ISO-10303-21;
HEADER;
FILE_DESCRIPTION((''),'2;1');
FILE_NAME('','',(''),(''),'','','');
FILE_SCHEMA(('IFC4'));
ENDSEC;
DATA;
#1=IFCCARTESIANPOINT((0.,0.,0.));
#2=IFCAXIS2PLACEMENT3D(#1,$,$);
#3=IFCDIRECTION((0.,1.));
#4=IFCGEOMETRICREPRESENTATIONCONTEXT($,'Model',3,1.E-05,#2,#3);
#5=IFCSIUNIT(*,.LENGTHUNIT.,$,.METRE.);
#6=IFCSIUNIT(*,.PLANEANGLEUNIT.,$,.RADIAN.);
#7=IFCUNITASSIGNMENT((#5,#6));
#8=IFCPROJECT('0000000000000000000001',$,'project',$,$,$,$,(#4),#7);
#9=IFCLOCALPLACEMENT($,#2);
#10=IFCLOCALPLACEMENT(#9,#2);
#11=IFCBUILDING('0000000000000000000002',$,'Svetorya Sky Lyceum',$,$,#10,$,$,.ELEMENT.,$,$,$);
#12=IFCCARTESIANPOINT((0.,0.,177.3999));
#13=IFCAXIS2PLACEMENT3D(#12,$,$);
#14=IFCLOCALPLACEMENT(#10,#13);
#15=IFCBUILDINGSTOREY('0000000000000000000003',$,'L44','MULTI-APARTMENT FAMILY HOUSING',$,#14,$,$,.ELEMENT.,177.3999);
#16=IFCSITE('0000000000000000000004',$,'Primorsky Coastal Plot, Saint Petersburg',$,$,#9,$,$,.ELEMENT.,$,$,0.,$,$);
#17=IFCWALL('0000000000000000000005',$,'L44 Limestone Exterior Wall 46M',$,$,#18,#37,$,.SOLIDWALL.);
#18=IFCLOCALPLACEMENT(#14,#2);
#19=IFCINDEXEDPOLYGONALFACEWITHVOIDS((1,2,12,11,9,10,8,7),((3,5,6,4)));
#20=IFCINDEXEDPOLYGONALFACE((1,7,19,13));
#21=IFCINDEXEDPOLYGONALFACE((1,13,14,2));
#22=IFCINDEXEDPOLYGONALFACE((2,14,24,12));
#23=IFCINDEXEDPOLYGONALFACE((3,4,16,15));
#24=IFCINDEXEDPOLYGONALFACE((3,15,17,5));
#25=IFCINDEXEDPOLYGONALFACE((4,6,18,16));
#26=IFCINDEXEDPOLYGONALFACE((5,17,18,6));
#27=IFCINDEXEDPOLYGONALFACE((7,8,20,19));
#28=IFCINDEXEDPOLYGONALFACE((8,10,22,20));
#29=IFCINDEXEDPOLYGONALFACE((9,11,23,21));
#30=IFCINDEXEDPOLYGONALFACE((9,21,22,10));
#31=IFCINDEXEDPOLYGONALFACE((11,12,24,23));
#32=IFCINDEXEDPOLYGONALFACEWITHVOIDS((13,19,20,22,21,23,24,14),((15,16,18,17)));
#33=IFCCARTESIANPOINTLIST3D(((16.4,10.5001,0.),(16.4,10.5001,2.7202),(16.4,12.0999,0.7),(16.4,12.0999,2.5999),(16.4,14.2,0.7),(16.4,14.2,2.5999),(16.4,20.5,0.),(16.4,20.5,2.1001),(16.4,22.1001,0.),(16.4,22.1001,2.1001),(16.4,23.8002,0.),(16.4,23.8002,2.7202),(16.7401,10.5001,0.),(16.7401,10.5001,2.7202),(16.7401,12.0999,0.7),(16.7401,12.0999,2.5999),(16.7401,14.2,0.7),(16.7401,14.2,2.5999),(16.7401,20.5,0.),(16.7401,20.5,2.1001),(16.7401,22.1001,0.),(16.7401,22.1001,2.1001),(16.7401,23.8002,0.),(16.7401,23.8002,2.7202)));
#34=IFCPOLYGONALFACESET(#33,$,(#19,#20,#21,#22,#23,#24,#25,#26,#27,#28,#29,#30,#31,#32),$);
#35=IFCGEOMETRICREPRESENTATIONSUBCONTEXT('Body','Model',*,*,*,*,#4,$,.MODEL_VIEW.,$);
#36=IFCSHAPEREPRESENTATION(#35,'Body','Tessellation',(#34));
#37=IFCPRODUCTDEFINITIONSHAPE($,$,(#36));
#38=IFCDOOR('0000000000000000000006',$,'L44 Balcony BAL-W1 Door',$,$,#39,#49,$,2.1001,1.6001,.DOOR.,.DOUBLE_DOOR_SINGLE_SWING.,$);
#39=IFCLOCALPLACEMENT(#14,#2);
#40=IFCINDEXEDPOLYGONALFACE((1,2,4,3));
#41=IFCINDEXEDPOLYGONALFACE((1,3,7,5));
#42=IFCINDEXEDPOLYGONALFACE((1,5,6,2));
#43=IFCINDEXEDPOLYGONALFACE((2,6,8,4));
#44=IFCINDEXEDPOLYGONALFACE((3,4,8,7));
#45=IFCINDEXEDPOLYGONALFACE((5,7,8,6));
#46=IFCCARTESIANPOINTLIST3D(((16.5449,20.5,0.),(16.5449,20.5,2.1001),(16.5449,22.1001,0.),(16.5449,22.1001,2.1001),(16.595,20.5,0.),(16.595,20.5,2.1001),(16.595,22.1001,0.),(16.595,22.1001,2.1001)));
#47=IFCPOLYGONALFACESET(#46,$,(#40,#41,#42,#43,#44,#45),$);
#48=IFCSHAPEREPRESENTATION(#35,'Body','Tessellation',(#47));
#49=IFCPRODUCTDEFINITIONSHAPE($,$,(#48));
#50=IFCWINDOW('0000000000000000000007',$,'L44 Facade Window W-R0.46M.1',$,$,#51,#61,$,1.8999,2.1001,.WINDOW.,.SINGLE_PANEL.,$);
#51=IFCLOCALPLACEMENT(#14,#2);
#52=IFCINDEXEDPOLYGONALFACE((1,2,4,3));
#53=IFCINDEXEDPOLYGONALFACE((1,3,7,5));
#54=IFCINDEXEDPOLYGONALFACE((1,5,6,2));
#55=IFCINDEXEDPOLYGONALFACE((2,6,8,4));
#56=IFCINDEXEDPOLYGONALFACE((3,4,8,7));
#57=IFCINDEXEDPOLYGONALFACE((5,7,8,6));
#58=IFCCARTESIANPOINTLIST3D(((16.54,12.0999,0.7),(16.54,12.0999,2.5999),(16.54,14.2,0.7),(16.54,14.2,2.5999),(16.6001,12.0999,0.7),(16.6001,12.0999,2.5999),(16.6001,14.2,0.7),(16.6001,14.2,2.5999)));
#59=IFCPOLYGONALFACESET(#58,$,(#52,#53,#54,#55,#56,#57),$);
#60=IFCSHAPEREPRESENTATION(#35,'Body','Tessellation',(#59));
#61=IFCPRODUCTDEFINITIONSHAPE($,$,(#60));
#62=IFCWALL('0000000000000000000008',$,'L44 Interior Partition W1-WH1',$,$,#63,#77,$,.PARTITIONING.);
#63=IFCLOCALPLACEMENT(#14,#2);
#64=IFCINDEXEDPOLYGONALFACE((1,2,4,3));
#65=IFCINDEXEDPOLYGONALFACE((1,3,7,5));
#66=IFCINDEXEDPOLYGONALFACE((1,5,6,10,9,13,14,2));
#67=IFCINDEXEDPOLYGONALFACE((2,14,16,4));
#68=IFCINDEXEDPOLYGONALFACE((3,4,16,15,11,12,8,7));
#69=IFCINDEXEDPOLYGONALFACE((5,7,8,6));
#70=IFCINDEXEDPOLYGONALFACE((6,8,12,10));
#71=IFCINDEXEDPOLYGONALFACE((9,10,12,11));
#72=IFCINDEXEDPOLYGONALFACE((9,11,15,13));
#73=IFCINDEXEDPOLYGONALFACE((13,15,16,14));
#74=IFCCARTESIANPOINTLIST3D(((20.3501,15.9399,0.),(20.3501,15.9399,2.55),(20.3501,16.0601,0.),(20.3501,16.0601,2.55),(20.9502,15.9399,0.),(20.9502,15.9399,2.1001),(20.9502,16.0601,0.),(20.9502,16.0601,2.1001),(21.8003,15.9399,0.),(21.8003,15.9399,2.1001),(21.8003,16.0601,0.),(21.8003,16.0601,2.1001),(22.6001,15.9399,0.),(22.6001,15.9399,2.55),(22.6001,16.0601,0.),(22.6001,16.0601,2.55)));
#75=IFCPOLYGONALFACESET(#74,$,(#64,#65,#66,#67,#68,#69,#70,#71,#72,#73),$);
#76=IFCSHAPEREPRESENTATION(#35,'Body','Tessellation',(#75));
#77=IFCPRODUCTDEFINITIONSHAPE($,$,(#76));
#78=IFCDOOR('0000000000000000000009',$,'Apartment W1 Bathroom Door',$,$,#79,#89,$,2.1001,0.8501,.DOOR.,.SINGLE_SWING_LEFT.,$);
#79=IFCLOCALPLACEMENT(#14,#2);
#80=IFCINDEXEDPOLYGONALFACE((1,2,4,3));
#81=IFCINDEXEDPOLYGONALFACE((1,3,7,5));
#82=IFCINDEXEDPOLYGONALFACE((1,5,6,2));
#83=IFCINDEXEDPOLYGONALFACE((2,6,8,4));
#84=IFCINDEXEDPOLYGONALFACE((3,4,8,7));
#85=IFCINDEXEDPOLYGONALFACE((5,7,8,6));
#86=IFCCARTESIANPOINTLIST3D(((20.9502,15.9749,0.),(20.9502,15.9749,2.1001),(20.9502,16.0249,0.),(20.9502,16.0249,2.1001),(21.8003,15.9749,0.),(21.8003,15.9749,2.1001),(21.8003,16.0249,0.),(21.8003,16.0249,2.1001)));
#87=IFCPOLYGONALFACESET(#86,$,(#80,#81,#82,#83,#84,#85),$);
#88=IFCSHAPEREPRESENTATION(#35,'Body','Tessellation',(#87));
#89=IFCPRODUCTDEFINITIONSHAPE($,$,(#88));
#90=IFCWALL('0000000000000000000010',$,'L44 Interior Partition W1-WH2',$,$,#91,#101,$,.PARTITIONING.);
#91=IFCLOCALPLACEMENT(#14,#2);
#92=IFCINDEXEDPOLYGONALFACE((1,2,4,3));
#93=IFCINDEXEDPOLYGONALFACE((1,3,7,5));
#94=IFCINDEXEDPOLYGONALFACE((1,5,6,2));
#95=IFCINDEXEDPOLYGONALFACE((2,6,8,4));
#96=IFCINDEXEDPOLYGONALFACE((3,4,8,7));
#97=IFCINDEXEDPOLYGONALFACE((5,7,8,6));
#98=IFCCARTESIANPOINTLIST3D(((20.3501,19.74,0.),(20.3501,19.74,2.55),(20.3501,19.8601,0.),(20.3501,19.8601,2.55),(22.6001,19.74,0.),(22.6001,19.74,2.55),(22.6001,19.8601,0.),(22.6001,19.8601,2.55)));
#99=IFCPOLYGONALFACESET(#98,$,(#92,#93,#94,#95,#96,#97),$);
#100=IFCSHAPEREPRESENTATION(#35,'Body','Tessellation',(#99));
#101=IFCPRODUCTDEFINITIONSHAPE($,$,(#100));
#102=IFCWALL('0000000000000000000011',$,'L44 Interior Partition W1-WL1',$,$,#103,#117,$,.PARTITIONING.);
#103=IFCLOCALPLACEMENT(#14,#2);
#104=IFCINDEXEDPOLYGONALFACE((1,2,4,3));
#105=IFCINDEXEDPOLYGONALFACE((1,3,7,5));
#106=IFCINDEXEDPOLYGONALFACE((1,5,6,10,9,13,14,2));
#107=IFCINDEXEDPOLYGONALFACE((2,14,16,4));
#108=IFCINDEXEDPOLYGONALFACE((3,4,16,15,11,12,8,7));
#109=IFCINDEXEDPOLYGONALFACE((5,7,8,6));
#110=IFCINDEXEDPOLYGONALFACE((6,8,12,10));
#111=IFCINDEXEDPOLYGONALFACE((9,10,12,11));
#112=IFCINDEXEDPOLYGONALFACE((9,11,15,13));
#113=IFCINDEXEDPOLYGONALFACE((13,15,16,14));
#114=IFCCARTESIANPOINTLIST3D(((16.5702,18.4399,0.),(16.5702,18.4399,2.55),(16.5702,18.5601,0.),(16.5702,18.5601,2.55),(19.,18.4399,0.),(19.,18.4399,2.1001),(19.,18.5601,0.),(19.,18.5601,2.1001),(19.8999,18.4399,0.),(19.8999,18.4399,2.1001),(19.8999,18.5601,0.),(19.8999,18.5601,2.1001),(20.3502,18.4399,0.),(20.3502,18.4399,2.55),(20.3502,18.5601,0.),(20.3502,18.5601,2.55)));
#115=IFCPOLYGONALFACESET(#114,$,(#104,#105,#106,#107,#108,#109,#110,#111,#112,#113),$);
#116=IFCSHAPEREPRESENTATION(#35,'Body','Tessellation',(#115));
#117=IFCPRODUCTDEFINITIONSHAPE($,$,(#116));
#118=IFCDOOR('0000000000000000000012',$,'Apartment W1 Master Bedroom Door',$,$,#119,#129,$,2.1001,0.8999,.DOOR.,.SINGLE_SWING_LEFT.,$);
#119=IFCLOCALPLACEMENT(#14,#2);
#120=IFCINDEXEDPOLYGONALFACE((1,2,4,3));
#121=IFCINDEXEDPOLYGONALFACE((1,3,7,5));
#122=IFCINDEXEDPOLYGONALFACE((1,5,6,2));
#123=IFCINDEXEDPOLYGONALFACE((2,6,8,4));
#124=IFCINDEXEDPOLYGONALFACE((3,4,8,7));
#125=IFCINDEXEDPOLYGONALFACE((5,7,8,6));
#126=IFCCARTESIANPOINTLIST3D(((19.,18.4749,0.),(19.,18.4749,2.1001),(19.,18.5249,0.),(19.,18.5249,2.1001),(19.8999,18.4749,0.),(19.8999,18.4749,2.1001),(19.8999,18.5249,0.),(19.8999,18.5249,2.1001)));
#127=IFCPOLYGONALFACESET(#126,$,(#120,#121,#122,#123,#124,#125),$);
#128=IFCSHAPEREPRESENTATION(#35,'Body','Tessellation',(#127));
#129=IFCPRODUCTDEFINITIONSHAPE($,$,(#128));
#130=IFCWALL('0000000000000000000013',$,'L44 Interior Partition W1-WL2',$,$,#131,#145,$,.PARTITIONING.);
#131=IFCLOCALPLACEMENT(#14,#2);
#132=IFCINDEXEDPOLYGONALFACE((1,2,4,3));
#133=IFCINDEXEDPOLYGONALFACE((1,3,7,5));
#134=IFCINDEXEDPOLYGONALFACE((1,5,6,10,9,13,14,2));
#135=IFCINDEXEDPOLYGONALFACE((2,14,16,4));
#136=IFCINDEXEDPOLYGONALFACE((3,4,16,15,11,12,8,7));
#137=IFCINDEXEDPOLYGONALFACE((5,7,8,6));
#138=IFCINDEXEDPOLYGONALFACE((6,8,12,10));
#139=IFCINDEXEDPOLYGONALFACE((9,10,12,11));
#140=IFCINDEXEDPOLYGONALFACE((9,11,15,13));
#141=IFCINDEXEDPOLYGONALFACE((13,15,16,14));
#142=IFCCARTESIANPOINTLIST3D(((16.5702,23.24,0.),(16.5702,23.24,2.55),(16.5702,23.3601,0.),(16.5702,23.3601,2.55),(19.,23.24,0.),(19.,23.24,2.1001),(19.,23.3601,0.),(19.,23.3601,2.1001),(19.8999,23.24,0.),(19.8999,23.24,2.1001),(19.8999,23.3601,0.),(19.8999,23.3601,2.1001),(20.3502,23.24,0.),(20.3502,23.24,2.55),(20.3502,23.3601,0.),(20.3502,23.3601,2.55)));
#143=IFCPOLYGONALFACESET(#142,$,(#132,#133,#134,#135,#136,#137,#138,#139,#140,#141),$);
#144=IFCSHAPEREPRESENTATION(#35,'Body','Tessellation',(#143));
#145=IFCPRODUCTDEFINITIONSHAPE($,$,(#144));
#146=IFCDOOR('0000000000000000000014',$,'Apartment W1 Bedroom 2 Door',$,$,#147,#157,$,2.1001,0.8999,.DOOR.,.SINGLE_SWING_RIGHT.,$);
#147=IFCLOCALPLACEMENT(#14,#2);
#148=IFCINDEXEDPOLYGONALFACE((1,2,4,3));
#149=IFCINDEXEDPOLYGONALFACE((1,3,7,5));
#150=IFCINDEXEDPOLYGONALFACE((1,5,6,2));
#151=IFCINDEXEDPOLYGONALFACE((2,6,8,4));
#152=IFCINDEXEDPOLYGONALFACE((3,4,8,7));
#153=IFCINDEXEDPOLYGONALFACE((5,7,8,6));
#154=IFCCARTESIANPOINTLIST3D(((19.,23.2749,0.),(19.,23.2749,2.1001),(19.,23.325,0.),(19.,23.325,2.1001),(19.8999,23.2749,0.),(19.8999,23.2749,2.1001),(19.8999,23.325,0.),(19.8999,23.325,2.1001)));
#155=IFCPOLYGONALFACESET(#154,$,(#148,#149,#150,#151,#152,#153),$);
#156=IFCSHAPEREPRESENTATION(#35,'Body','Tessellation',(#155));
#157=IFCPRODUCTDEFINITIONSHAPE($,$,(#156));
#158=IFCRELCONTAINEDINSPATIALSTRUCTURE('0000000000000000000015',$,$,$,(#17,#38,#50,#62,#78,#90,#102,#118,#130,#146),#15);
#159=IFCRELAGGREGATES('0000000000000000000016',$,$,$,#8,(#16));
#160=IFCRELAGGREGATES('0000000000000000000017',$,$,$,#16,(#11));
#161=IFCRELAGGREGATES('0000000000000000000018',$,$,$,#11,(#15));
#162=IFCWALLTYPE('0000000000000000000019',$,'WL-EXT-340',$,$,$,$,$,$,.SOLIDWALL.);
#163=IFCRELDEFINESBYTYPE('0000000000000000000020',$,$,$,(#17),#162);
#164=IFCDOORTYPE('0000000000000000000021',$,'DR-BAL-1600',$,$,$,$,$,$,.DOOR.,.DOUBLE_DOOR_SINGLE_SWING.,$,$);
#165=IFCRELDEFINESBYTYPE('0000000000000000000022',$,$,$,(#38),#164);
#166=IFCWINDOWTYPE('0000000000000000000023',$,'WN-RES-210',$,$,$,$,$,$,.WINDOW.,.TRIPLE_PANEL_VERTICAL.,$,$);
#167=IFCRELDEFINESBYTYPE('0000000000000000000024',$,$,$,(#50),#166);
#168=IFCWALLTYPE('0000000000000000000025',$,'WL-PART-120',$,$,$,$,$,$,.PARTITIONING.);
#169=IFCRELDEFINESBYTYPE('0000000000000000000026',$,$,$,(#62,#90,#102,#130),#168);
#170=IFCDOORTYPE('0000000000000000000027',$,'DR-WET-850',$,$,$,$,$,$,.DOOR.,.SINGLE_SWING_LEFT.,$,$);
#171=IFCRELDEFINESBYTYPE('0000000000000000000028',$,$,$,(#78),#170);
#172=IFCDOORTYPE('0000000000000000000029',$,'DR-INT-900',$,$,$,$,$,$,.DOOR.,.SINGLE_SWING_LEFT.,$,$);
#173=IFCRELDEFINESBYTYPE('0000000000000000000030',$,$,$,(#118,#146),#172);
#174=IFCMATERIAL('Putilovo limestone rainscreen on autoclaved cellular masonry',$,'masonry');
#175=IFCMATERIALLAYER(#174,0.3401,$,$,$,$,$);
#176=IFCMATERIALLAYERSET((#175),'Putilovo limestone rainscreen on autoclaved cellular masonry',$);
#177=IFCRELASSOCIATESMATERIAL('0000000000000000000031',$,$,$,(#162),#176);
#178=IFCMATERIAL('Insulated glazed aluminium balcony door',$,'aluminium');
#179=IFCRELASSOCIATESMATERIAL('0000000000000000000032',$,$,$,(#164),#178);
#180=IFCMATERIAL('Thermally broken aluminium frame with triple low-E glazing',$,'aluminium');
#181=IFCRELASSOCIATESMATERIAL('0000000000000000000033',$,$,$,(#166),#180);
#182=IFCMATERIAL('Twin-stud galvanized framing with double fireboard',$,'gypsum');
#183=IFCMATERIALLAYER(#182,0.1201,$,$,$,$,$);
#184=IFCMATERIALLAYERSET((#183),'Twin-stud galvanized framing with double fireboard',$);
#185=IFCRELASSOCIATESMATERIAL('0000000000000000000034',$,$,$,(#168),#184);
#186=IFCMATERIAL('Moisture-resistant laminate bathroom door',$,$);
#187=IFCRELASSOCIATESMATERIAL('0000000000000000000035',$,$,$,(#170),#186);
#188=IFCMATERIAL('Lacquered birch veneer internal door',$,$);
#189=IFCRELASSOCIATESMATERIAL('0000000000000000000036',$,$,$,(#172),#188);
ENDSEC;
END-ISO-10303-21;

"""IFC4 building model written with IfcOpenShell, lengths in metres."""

from ifc_helpers import new_model, si_unit, direction, frame, frame_2d, origin, place, context, subcontext, project, spatial, rectangle, extrude, material, layer, layer_set, type_object, element, fill, save


model = new_model("IFC4")

# Units and contexts
model_context = context("Model", 3, precision=1e-05, world=origin(), true_north=direction((0.0, 1.0)))
body_context = subcontext(model_context, "Body", "Model", "MODEL_VIEW")
ifc_project = project(units=[si_unit("LENGTHUNIT", "METRE"), si_unit("PLANEANGLEUNIT", "RADIAN")], contexts=[model_context])

# Site, building, storey
site_placement = place(None, origin())
site = spatial("IfcSite", under=ifc_project, at=site_placement, Name="Primorsky Coastal Plot, Saint Petersburg", CompositionType="ELEMENT", RefElevation=0.0)
building_placement = place(site_placement, origin())
building = spatial("IfcBuilding", under=site, at=building_placement, Name="Svetorya Sky Lyceum", CompositionType="ELEMENT")
storey_placement = place(building_placement, frame((0.0, 0.0, 177.3999)))
storey = spatial("IfcBuildingStorey", under=building, at=storey_placement, Name="L44", Description="MULTI-APARTMENT FAMILY HOUSING", CompositionType="ELEMENT", Elevation=177.3999)

# Shared definitions
ifc_material_1 = material(Name="Putilovo limestone rainscreen on autoclaved cellular masonry", Category="masonry")
ifc_layer_1 = layer(ifc_material_1, 0.3401)
ifc_layer_set_1 = layer_set([ifc_layer_1], Name="Putilovo limestone rainscreen on autoclaved cellular masonry")
wall_type_1 = type_object("IfcWallType", Name="WL-EXT-340", PredefinedType="SOLIDWALL", material=ifc_layer_set_1)
ifc_material_2 = material(Name="Thermally broken aluminium frame with triple low-E glazing", Category="aluminium")

# Wall, openings, door, window
wall_1_placement = place(storey_placement, frame((16.5701, 23.8, 0.0), z_axis=(0.0, 0.0, 1.0), x_axis=(0.0, -1.0, 0.0)))
wall_1 = element("IfcWall", 1, at=wall_1_placement, inside=storey, type_object=wall_type_1, Name="L44 Limestone Exterior Wall 46M", PredefinedType="SOLIDWALL", context=body_context, shape_type="SweptSolid", body=[
    extrude(rectangle(XDim=13.3, YDim=0.3401, at=frame_2d((6.6499, 0.0))), origin(), (0.0, 0.0, 1.0), 2.7202),
])
opening_1_placement = place(wall_1_placement, frame((1.7, 0.0, 0.0)))
opening_1 = element("IfcOpeningElement", 2, at=opening_1_placement, cuts=wall_1, PredefinedType="OPENING", context=body_context, shape_type="SweptSolid", body=[
    extrude(rectangle(XDim=1.6001, YDim=2.1001, at=frame_2d((0.8, 1.05))), frame((0.0, 0.1799, 0.0), z_axis=(0.0, -1.0, 0.0), x_axis=(1.0, 0.0, 0.0)), (0.0, 0.0, 1.0), 0.3601),
])
opening_2_placement = place(wall_1_placement, frame((9.6001, 0.0, 0.7)))
opening_2 = element("IfcOpeningElement", 3, at=opening_2_placement, cuts=wall_1, PredefinedType="OPENING", context=body_context, shape_type="SweptSolid", body=[
    extrude(rectangle(XDim=2.1001, YDim=1.8999, at=frame_2d((1.05, 0.95))), frame((0.0, 0.1799, 0.0), z_axis=(0.0, -1.0, 0.0), x_axis=(1.0, 0.0, 0.0)), (0.0, 0.0, 1.0), 0.3601),
])
ifc_material_3 = material(Name="Insulated glazed aluminium balcony door", Category="aluminium")
door_type_1 = type_object("IfcDoorType", Name="DR-BAL-1600", OperationType="DOUBLE_DOOR_SINGLE_SWING", PredefinedType="DOOR", material=ifc_material_3)
door_1_placement = place(opening_1_placement, origin())
door_1 = element("IfcDoor", 4, at=door_1_placement, inside=storey, type_object=door_type_1, Name="L44 Balcony BAL-W1 Door", OperationType="DOUBLE_DOOR_SINGLE_SWING", OverallHeight=2.1001, OverallWidth=1.6001, PredefinedType="DOOR", context=body_context, shape_type="SweptSolid", body=[
    extrude(rectangle(XDim=1.6001, YDim=2.1001, at=frame_2d((0.8, 1.05))), frame((0.0, 0.0249, 0.0), z_axis=(0.0, -1.0, 0.0), x_axis=(1.0, 0.0, 0.0)), (0.0, 0.0, 1.0), 0.05),
])
fill(opening_1, door_1)
window_type_1 = type_object("IfcWindowType", Name="WN-RES-210", PartitioningType="TRIPLE_PANEL_VERTICAL", PredefinedType="WINDOW", material=ifc_material_2)
window_1_placement = place(opening_2_placement, origin())
window_1 = element("IfcWindow", 5, at=window_1_placement, inside=storey, type_object=window_type_1, Name="L44 Facade Window W-R0.46M.1", OverallHeight=1.8999, OverallWidth=2.1001, PartitioningType="SINGLE_PANEL", PredefinedType="WINDOW", context=body_context, shape_type="SweptSolid", body=[
    extrude(rectangle(XDim=2.1001, YDim=1.8999, at=frame_2d((1.05, 0.95))), frame((0.0, 0.03, 0.0), z_axis=(0.0, -1.0, 0.0), x_axis=(1.0, 0.0, 0.0)), (0.0, 0.0, 1.0), 0.0601),
])
fill(opening_2, window_1)

# Wall, opening, door
ifc_material_4 = material(Name="Twin-stud galvanized framing with double fireboard", Category="gypsum")
ifc_layer_2 = layer(ifc_material_4, 0.1201)
ifc_layer_set_2 = layer_set([ifc_layer_2], Name="Twin-stud galvanized framing with double fireboard")
wall_type_2 = type_object("IfcWallType", Name="WL-PART-120", PredefinedType="PARTITIONING", material=ifc_layer_set_2)
wall_2_placement = place(storey_placement, frame((20.3501, 16.0, 0.0), z_axis=(0.0, 0.0, 1.0), x_axis=(1.0, 0.0, 0.0)))
wall_2 = element("IfcWall", 6, at=wall_2_placement, inside=storey, type_object=wall_type_2, Name="L44 Interior Partition W1-WH1", PredefinedType="PARTITIONING", context=body_context, shape_type="SweptSolid", body=[
    extrude(rectangle(XDim=2.25, YDim=0.1201, at=frame_2d((1.125, 0.0))), origin(), (0.0, 0.0, 1.0), 2.55),
])
opening_3_placement = place(wall_2_placement, frame((0.6001, 0.0, 0.0)))
opening_3 = element("IfcOpeningElement", 7, at=opening_3_placement, cuts=wall_2, PredefinedType="OPENING", context=body_context, shape_type="SweptSolid", body=[
    extrude(rectangle(XDim=0.8501, YDim=2.1001, at=frame_2d((0.425, 1.05))), frame((0.0, 0.0701, 0.0), z_axis=(0.0, -1.0, 0.0), x_axis=(1.0, 0.0, 0.0)), (0.0, 0.0, 1.0), 0.1401),
])
ifc_material_5 = material(Name="Moisture-resistant laminate bathroom door")
door_type_2 = type_object("IfcDoorType", Name="DR-WET-850", OperationType="SINGLE_SWING_LEFT", PredefinedType="DOOR", material=ifc_material_5)
door_2_placement = place(opening_3_placement, origin())
door_2 = element("IfcDoor", 8, at=door_2_placement, inside=storey, type_object=door_type_2, Name="Apartment W1 Bathroom Door", OperationType="SINGLE_SWING_LEFT", OverallHeight=2.1001, OverallWidth=0.8501, PredefinedType="DOOR", context=body_context, shape_type="SweptSolid", body=[
    extrude(rectangle(XDim=0.8501, YDim=2.1001, at=frame_2d((0.425, 1.05))), frame((0.0, 0.0249, 0.0), z_axis=(0.0, -1.0, 0.0), x_axis=(1.0, 0.0, 0.0)), (0.0, 0.0, 1.0), 0.05),
])
fill(opening_3, door_2)

# Wall
wall_3_placement = place(storey_placement, frame((20.3501, 19.8, 0.0), z_axis=(0.0, 0.0, 1.0), x_axis=(1.0, 0.0, 0.0)))
element("IfcWall", 9, at=wall_3_placement, inside=storey, type_object=wall_type_2, Name="L44 Interior Partition W1-WH2", PredefinedType="PARTITIONING", context=body_context, shape_type="SweptSolid", body=[
    extrude(rectangle(XDim=2.25, YDim=0.1201, at=frame_2d((1.125, 0.0))), origin(), (0.0, 0.0, 1.0), 2.55),
])

# Walls, openings, doors
wall_4_placement = place(storey_placement, frame((16.5701, 18.5, 0.0), z_axis=(0.0, 0.0, 1.0), x_axis=(1.0, 0.0, 0.0)))
wall_4 = element("IfcWall", 10, at=wall_4_placement, inside=storey, type_object=wall_type_2, Name="L44 Interior Partition W1-WL1", PredefinedType="PARTITIONING", context=body_context, shape_type="SweptSolid", body=[
    extrude(rectangle(XDim=3.78, YDim=0.1201, at=frame_2d((1.8901, 0.0))), origin(), (0.0, 0.0, 1.0), 2.55),
])
opening_4_placement = place(wall_4_placement, frame((2.4299, 0.0, 0.0)))
opening_4 = element("IfcOpeningElement", 11, at=opening_4_placement, cuts=wall_4, PredefinedType="OPENING", context=body_context, shape_type="SweptSolid", body=[
    extrude(rectangle(XDim=0.8999, YDim=2.1001, at=frame_2d((0.45, 1.05))), frame((0.0, 0.0701, 0.0), z_axis=(0.0, -1.0, 0.0), x_axis=(1.0, 0.0, 0.0)), (0.0, 0.0, 1.0), 0.1401),
])
ifc_material_6 = material(Name="Lacquered birch veneer internal door")
door_type_3 = type_object("IfcDoorType", Name="DR-INT-900", OperationType="SINGLE_SWING_LEFT", PredefinedType="DOOR", material=ifc_material_6)
door_3_placement = place(opening_4_placement, origin())
door_3 = element("IfcDoor", 12, at=door_3_placement, inside=storey, type_object=door_type_3, Name="Apartment W1 Master Bedroom Door", OperationType="SINGLE_SWING_LEFT", OverallHeight=2.1001, OverallWidth=0.8999, PredefinedType="DOOR", context=body_context, shape_type="SweptSolid", body=[
    extrude(rectangle(XDim=0.8999, YDim=2.1001, at=frame_2d((0.45, 1.05))), frame((0.0, 0.0249, 0.0), z_axis=(0.0, -1.0, 0.0), x_axis=(1.0, 0.0, 0.0)), (0.0, 0.0, 1.0), 0.05),
])
fill(opening_4, door_3)
wall_5_placement = place(storey_placement, frame((16.5701, 23.3, 0.0), z_axis=(0.0, 0.0, 1.0), x_axis=(1.0, 0.0, 0.0)))
wall_5 = element("IfcWall", 13, at=wall_5_placement, inside=storey, type_object=wall_type_2, Name="L44 Interior Partition W1-WL2", PredefinedType="PARTITIONING", context=body_context, shape_type="SweptSolid", body=[
    extrude(rectangle(XDim=3.78, YDim=0.1201, at=frame_2d((1.8901, 0.0))), origin(), (0.0, 0.0, 1.0), 2.55),
])
opening_5_placement = place(wall_5_placement, frame((2.4299, 0.0, 0.0)))
opening_5 = element("IfcOpeningElement", 14, at=opening_5_placement, cuts=wall_5, PredefinedType="OPENING", context=body_context, shape_type="SweptSolid", body=[
    extrude(rectangle(XDim=0.8999, YDim=2.1001, at=frame_2d((0.45, 1.05))), frame((0.0, 0.0701, 0.0), z_axis=(0.0, -1.0, 0.0), x_axis=(1.0, 0.0, 0.0)), (0.0, 0.0, 1.0), 0.1401),
])
door_4_placement = place(opening_5_placement, origin())
door_4 = element("IfcDoor", 15, at=door_4_placement, inside=storey, type_object=door_type_3, Name="Apartment W1 Bedroom 2 Door", OperationType="SINGLE_SWING_RIGHT", OverallHeight=2.1001, OverallWidth=0.8999, PredefinedType="DOOR", context=body_context, shape_type="SweptSolid", body=[
    extrude(rectangle(XDim=0.8999, YDim=2.1001, at=frame_2d((0.45, 1.05))), frame((0.0, 0.0249, 0.0), z_axis=(0.0, -1.0, 0.0), x_axis=(1.0, 0.0, 0.0)), (0.0, 0.0, 1.0), 0.05),
])
fill(opening_5, door_4)

save(model, "model.ifc")
